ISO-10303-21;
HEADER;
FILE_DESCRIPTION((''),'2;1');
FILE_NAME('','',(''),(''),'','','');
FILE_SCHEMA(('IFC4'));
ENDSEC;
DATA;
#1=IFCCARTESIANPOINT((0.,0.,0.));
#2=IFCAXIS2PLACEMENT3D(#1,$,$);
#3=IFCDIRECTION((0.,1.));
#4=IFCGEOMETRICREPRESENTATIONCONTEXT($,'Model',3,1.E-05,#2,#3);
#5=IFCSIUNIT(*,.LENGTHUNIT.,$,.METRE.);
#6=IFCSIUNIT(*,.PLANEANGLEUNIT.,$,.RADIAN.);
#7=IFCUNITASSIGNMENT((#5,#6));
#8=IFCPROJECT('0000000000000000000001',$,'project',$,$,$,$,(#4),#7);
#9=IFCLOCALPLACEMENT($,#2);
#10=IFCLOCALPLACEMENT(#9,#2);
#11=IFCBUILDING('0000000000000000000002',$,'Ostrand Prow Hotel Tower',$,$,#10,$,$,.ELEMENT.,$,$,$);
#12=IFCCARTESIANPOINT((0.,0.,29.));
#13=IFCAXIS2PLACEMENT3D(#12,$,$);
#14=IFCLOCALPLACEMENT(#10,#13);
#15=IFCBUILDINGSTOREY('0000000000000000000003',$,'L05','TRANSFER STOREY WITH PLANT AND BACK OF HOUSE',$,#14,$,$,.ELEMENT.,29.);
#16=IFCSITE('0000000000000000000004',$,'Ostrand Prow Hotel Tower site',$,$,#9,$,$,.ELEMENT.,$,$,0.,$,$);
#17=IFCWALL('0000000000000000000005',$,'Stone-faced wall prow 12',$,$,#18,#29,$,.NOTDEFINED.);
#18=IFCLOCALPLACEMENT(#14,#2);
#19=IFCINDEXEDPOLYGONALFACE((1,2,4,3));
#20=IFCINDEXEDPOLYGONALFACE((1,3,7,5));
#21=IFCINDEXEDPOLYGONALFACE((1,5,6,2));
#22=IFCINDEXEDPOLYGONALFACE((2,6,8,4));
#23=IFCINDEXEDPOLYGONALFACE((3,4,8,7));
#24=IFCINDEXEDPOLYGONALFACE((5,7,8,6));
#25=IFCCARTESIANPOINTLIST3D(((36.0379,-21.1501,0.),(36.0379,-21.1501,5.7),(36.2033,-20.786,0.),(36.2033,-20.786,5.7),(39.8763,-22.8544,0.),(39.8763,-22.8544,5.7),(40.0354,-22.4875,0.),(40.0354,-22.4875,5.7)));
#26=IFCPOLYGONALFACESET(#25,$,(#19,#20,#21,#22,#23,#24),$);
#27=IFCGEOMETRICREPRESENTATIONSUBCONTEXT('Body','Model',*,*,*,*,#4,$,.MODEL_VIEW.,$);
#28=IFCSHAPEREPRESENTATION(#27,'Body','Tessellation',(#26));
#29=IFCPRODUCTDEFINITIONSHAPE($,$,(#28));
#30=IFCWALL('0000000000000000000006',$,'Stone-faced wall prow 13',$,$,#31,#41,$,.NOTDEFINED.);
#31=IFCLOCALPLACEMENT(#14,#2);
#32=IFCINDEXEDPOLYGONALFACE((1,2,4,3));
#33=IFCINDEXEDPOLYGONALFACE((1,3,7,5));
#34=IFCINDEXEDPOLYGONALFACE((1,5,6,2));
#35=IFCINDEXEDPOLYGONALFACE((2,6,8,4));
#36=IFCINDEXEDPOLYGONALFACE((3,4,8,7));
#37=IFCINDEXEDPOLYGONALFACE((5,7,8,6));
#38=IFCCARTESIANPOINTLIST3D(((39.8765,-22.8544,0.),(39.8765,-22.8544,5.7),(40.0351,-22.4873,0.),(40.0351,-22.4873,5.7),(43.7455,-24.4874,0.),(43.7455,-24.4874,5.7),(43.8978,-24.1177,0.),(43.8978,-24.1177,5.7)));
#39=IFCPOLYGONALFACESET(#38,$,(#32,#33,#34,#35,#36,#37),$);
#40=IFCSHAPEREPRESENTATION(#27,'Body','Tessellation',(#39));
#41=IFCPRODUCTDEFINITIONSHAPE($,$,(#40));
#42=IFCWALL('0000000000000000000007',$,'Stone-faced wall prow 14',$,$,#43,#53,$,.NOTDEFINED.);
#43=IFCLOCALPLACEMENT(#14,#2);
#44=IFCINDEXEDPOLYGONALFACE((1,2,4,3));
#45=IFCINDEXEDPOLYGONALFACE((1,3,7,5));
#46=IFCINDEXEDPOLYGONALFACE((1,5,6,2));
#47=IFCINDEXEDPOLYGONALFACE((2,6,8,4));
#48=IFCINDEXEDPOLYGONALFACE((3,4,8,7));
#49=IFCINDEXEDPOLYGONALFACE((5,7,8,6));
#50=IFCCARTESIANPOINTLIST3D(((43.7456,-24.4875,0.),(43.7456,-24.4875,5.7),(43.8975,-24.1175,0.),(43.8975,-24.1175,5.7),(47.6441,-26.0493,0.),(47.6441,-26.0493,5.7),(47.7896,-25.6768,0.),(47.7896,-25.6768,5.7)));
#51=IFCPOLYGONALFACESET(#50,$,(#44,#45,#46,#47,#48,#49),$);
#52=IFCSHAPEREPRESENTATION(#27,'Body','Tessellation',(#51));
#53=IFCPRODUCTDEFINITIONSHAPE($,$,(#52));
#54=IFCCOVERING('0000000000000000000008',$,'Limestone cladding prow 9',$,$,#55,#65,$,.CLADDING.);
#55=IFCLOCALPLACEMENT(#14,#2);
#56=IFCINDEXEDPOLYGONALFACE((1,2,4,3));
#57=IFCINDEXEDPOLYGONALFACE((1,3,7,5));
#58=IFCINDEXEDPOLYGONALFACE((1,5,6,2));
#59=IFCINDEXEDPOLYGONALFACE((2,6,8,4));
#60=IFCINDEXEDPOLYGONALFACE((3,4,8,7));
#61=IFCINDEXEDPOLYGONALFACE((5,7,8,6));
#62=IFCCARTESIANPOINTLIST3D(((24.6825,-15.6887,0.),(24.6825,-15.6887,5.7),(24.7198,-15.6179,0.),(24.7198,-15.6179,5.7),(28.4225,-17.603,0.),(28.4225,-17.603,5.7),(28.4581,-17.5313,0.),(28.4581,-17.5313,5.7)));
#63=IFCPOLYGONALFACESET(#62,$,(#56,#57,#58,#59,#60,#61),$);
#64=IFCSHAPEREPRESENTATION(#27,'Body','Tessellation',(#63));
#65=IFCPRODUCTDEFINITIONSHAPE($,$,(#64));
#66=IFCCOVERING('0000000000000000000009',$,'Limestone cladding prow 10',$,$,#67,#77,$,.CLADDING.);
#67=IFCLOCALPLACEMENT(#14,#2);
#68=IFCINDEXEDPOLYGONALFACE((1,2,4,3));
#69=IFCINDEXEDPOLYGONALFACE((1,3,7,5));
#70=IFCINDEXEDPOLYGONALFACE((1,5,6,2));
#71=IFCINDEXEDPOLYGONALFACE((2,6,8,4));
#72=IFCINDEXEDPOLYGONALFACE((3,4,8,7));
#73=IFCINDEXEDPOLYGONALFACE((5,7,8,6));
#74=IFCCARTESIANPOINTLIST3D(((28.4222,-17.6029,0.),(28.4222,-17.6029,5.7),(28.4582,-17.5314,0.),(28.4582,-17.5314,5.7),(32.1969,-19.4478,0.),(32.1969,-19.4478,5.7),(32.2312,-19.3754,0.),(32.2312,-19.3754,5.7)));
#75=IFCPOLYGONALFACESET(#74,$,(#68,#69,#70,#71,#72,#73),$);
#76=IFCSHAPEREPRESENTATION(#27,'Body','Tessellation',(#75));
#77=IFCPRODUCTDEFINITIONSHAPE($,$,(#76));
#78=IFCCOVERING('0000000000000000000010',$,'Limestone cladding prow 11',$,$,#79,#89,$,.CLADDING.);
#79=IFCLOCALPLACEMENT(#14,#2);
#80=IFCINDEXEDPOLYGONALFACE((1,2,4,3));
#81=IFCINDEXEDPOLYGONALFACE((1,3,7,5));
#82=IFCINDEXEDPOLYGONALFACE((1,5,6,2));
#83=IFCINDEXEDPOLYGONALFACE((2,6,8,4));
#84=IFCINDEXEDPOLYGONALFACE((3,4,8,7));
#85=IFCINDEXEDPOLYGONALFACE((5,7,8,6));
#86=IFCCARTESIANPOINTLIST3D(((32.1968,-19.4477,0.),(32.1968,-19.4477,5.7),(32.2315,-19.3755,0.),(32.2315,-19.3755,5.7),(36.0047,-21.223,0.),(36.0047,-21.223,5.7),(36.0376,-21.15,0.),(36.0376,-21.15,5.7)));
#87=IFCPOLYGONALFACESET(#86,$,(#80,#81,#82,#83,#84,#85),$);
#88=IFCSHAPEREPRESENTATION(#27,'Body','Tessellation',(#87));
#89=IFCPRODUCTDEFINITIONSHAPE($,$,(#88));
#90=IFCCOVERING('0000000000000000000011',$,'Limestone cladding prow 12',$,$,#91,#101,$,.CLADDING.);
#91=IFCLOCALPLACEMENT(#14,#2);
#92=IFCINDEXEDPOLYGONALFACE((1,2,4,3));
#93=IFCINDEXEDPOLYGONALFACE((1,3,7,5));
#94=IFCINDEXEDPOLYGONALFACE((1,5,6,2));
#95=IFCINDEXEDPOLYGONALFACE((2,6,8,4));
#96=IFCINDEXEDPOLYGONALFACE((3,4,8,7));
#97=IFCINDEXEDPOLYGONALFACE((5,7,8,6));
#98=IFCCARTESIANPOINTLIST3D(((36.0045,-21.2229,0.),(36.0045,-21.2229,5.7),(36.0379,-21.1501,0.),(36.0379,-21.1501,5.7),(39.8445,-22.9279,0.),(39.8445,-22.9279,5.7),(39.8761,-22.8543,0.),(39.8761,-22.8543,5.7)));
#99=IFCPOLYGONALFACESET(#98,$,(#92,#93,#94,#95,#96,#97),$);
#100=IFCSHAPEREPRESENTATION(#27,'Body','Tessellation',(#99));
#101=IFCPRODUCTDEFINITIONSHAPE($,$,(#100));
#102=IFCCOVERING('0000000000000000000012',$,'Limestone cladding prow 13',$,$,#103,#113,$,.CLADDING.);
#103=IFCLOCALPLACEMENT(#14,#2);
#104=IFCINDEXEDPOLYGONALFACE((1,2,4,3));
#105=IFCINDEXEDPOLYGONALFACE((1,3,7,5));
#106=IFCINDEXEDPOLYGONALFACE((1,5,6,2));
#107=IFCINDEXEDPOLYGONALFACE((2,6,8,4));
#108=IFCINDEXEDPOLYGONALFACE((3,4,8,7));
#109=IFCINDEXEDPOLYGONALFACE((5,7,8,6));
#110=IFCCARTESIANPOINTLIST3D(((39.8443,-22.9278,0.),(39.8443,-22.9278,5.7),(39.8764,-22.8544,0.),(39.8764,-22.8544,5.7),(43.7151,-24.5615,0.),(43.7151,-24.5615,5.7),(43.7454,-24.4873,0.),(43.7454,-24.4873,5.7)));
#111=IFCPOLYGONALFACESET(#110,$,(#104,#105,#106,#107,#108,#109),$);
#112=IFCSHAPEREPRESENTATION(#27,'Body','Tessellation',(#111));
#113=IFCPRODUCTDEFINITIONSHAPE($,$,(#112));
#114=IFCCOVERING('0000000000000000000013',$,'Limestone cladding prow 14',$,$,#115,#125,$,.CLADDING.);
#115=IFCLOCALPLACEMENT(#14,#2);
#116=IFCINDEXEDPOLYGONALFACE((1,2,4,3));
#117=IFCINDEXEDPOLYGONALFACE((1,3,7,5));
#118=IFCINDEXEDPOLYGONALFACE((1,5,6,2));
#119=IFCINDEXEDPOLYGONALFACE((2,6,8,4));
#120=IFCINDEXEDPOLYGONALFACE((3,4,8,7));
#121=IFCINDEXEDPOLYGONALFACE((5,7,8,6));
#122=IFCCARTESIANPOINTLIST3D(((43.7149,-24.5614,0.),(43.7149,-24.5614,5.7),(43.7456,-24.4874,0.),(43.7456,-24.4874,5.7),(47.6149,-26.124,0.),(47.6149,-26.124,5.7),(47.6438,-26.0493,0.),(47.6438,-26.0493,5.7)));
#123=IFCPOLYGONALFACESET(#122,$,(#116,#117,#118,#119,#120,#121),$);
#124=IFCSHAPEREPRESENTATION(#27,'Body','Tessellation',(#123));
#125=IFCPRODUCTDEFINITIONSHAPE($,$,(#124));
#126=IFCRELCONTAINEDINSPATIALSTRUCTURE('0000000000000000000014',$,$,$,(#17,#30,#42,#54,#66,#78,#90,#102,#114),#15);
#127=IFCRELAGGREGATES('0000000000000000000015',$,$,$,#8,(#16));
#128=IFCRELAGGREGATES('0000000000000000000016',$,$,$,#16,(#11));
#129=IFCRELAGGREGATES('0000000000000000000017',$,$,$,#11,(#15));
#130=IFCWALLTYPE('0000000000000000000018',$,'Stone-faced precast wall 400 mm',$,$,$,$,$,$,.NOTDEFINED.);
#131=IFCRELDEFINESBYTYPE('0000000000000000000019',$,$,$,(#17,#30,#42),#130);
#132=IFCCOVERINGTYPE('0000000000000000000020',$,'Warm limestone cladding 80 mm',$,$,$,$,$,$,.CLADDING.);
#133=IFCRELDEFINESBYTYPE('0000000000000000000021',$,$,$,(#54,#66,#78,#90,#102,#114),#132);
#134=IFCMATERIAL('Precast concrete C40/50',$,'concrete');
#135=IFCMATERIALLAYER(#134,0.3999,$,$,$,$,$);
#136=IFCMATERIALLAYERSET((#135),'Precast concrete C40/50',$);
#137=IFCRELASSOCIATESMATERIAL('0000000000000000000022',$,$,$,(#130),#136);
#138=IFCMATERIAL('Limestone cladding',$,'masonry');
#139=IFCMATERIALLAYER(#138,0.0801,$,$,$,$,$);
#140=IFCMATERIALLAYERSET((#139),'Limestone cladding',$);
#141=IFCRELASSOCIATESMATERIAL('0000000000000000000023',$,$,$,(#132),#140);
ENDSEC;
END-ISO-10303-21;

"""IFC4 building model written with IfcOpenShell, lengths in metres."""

from ifc_helpers import new_model, si_unit, direction, frame, origin, place, context, subcontext, project, spatial, polyline, outline, extrude, material, layer, layer_set, type_object, element, save


model = new_model("IFC4")

# Units and contexts
model_context = context("Model", 3, precision=1e-05, world=origin(), true_north=direction((0.0, 1.0)))
body_context = subcontext(model_context, "Body", "Model", "MODEL_VIEW")
ifc_project = project(units=[si_unit("LENGTHUNIT", "METRE"), si_unit("PLANEANGLEUNIT", "RADIAN")], contexts=[model_context])

# Site, building, storey
site_placement = place(None, origin())
site = spatial("IfcSite", under=ifc_project, at=site_placement, Name="Ostrand Prow Hotel Tower site", CompositionType="ELEMENT", RefElevation=0.0)
building_placement = place(site_placement, origin())
building = spatial("IfcBuilding", under=site, at=building_placement, Name="Ostrand Prow Hotel Tower", CompositionType="ELEMENT")
storey_placement = place(building_placement, frame((0.0, 0.0, 29.0)))
storey = spatial("IfcBuildingStorey", under=building, at=storey_placement, Name="L05", Description="TRANSFER STOREY WITH PLANT AND BACK OF HOUSE", CompositionType="ELEMENT", Elevation=29.0)

# Walls
ifc_material_1 = material(Name="Precast concrete C40/50", Category="concrete")
ifc_layer_1 = layer(ifc_material_1, 0.3999)
ifc_layer_set_1 = layer_set([ifc_layer_1], Name="Precast concrete C40/50")
wall_type_1 = type_object("IfcWallType", Name="Stone-faced precast wall 400 mm", PredefinedType="NOTDEFINED", material=ifc_layer_set_1)
for number, where, z_axis, x_axis, name in (
    (1, (36.1206, -20.968, 0.0), (0.0, 0.0, 1.0), (0.913958, -0.405809, 0.0), "Stone-faced wall prow 12"),
):
    element("IfcWall", number, at=place(storey_placement, frame(where, z_axis=z_axis, x_axis=x_axis)), inside=storey, type_object=wall_type_1, Name=name, PredefinedType="NOTDEFINED", context=body_context, shape_type="SweptSolid", body=[
        extrude(outline(polyline([(-0.0017, -0.2), (4.198, -0.2), (4.1946, 0.2), (0.0017, 0.2), (-0.0017, -0.2)])), origin(), (0.0, 0.0, 1.0), 5.7),
    ])
wall_1_placement = place(storey_placement, frame((39.9558, -22.6709, 0.0), z_axis=(0.0, 0.0, 1.0), x_axis=(0.921301, -0.38885, 0.0)))
element("IfcWall", 2, at=wall_1_placement, inside=storey, type_object=wall_type_1, Name="Stone-faced wall prow 13", PredefinedType="NOTDEFINED", context=body_context, shape_type="SweptSolid", body=[
    extrude(outline(polyline([(-0.0017, -0.2), (4.1978, -0.2), (4.1943, 0.2), (0.0017, 0.2), (-0.0017, -0.2)])), origin(), (0.0, 0.0, 1.0), 5.7),
])
wall_2_placement = place(storey_placement, frame((43.8215, -24.3025, 0.0), z_axis=(0.0, 0.0, 1.0), x_axis=(0.928276, -0.371892, 0.0)))
element("IfcWall", 3, at=wall_2_placement, inside=storey, type_object=wall_type_1, Name="Stone-faced wall prow 14", PredefinedType="NOTDEFINED", context=body_context, shape_type="SweptSolid", body=[
    extrude(outline(polyline([(-0.0017, -0.2), (4.198, -0.2), (4.1946, 0.2), (0.0017, 0.2), (-0.0017, -0.2)])), origin(), (0.0, 0.0, 1.0), 5.7),
])

# Coverings
ifc_material_2 = material(Name="Limestone cladding", Category="masonry")
ifc_layer_2 = layer(ifc_material_2, 0.0801)
ifc_layer_set_2 = layer_set([ifc_layer_2], Name="Limestone cladding")
covering_type = type_object("IfcCoveringType", Name="Warm limestone cladding 80 mm", PredefinedType="CLADDING", material=ifc_layer_set_2)
for number, where, z_axis, x_axis, name in (
    (4, (24.7012, -15.6533, 0.0), (0.0, 0.0, 1.0), (0.890168, -0.455633, 0.0), "Limestone cladding prow 9"),
    (5, (28.4402, -17.5671, 0.0), (0.0, 0.0, 1.0), (0.898436, -0.439105, 0.0), "Limestone cladding prow 10"),
    (6, (32.2141, -19.4116, 0.0), (0.0, 0.0, 1.0), (0.906343, -0.422542, 0.0), "Limestone cladding prow 11"),
    (7, (36.0212, -21.1865, 0.0), (0.0, 0.0, 1.0), (0.91396, -0.405804, 0.0), "Limestone cladding prow 12"),
    (8, (39.8604, -22.8911, 0.0), (0.0, 0.0, 1.0), (0.921305, -0.388842, 0.0), "Limestone cladding prow 13"),
    (9, (43.7302, -24.5244, 0.0), (0.0, 0.0, 1.0), (0.928264, -0.371922, 0.0), "Limestone cladding prow 14"),
):
    element("IfcCovering", number, at=place(storey_placement, frame(where, z_axis=z_axis, x_axis=x_axis)), inside=storey, type_object=covering_type, Name=name, PredefinedType="CLADDING", context=body_context, shape_type="SweptSolid", body=[
        extrude(outline(polyline([(-0.0005, -0.04), (4.2009, -0.04), (4.2, 0.04), (0.0005, 0.04), (-0.0005, -0.04)])), origin(), (0.0, 0.0, 1.0), 5.7),
    ])

save(model, "model.ifc")
